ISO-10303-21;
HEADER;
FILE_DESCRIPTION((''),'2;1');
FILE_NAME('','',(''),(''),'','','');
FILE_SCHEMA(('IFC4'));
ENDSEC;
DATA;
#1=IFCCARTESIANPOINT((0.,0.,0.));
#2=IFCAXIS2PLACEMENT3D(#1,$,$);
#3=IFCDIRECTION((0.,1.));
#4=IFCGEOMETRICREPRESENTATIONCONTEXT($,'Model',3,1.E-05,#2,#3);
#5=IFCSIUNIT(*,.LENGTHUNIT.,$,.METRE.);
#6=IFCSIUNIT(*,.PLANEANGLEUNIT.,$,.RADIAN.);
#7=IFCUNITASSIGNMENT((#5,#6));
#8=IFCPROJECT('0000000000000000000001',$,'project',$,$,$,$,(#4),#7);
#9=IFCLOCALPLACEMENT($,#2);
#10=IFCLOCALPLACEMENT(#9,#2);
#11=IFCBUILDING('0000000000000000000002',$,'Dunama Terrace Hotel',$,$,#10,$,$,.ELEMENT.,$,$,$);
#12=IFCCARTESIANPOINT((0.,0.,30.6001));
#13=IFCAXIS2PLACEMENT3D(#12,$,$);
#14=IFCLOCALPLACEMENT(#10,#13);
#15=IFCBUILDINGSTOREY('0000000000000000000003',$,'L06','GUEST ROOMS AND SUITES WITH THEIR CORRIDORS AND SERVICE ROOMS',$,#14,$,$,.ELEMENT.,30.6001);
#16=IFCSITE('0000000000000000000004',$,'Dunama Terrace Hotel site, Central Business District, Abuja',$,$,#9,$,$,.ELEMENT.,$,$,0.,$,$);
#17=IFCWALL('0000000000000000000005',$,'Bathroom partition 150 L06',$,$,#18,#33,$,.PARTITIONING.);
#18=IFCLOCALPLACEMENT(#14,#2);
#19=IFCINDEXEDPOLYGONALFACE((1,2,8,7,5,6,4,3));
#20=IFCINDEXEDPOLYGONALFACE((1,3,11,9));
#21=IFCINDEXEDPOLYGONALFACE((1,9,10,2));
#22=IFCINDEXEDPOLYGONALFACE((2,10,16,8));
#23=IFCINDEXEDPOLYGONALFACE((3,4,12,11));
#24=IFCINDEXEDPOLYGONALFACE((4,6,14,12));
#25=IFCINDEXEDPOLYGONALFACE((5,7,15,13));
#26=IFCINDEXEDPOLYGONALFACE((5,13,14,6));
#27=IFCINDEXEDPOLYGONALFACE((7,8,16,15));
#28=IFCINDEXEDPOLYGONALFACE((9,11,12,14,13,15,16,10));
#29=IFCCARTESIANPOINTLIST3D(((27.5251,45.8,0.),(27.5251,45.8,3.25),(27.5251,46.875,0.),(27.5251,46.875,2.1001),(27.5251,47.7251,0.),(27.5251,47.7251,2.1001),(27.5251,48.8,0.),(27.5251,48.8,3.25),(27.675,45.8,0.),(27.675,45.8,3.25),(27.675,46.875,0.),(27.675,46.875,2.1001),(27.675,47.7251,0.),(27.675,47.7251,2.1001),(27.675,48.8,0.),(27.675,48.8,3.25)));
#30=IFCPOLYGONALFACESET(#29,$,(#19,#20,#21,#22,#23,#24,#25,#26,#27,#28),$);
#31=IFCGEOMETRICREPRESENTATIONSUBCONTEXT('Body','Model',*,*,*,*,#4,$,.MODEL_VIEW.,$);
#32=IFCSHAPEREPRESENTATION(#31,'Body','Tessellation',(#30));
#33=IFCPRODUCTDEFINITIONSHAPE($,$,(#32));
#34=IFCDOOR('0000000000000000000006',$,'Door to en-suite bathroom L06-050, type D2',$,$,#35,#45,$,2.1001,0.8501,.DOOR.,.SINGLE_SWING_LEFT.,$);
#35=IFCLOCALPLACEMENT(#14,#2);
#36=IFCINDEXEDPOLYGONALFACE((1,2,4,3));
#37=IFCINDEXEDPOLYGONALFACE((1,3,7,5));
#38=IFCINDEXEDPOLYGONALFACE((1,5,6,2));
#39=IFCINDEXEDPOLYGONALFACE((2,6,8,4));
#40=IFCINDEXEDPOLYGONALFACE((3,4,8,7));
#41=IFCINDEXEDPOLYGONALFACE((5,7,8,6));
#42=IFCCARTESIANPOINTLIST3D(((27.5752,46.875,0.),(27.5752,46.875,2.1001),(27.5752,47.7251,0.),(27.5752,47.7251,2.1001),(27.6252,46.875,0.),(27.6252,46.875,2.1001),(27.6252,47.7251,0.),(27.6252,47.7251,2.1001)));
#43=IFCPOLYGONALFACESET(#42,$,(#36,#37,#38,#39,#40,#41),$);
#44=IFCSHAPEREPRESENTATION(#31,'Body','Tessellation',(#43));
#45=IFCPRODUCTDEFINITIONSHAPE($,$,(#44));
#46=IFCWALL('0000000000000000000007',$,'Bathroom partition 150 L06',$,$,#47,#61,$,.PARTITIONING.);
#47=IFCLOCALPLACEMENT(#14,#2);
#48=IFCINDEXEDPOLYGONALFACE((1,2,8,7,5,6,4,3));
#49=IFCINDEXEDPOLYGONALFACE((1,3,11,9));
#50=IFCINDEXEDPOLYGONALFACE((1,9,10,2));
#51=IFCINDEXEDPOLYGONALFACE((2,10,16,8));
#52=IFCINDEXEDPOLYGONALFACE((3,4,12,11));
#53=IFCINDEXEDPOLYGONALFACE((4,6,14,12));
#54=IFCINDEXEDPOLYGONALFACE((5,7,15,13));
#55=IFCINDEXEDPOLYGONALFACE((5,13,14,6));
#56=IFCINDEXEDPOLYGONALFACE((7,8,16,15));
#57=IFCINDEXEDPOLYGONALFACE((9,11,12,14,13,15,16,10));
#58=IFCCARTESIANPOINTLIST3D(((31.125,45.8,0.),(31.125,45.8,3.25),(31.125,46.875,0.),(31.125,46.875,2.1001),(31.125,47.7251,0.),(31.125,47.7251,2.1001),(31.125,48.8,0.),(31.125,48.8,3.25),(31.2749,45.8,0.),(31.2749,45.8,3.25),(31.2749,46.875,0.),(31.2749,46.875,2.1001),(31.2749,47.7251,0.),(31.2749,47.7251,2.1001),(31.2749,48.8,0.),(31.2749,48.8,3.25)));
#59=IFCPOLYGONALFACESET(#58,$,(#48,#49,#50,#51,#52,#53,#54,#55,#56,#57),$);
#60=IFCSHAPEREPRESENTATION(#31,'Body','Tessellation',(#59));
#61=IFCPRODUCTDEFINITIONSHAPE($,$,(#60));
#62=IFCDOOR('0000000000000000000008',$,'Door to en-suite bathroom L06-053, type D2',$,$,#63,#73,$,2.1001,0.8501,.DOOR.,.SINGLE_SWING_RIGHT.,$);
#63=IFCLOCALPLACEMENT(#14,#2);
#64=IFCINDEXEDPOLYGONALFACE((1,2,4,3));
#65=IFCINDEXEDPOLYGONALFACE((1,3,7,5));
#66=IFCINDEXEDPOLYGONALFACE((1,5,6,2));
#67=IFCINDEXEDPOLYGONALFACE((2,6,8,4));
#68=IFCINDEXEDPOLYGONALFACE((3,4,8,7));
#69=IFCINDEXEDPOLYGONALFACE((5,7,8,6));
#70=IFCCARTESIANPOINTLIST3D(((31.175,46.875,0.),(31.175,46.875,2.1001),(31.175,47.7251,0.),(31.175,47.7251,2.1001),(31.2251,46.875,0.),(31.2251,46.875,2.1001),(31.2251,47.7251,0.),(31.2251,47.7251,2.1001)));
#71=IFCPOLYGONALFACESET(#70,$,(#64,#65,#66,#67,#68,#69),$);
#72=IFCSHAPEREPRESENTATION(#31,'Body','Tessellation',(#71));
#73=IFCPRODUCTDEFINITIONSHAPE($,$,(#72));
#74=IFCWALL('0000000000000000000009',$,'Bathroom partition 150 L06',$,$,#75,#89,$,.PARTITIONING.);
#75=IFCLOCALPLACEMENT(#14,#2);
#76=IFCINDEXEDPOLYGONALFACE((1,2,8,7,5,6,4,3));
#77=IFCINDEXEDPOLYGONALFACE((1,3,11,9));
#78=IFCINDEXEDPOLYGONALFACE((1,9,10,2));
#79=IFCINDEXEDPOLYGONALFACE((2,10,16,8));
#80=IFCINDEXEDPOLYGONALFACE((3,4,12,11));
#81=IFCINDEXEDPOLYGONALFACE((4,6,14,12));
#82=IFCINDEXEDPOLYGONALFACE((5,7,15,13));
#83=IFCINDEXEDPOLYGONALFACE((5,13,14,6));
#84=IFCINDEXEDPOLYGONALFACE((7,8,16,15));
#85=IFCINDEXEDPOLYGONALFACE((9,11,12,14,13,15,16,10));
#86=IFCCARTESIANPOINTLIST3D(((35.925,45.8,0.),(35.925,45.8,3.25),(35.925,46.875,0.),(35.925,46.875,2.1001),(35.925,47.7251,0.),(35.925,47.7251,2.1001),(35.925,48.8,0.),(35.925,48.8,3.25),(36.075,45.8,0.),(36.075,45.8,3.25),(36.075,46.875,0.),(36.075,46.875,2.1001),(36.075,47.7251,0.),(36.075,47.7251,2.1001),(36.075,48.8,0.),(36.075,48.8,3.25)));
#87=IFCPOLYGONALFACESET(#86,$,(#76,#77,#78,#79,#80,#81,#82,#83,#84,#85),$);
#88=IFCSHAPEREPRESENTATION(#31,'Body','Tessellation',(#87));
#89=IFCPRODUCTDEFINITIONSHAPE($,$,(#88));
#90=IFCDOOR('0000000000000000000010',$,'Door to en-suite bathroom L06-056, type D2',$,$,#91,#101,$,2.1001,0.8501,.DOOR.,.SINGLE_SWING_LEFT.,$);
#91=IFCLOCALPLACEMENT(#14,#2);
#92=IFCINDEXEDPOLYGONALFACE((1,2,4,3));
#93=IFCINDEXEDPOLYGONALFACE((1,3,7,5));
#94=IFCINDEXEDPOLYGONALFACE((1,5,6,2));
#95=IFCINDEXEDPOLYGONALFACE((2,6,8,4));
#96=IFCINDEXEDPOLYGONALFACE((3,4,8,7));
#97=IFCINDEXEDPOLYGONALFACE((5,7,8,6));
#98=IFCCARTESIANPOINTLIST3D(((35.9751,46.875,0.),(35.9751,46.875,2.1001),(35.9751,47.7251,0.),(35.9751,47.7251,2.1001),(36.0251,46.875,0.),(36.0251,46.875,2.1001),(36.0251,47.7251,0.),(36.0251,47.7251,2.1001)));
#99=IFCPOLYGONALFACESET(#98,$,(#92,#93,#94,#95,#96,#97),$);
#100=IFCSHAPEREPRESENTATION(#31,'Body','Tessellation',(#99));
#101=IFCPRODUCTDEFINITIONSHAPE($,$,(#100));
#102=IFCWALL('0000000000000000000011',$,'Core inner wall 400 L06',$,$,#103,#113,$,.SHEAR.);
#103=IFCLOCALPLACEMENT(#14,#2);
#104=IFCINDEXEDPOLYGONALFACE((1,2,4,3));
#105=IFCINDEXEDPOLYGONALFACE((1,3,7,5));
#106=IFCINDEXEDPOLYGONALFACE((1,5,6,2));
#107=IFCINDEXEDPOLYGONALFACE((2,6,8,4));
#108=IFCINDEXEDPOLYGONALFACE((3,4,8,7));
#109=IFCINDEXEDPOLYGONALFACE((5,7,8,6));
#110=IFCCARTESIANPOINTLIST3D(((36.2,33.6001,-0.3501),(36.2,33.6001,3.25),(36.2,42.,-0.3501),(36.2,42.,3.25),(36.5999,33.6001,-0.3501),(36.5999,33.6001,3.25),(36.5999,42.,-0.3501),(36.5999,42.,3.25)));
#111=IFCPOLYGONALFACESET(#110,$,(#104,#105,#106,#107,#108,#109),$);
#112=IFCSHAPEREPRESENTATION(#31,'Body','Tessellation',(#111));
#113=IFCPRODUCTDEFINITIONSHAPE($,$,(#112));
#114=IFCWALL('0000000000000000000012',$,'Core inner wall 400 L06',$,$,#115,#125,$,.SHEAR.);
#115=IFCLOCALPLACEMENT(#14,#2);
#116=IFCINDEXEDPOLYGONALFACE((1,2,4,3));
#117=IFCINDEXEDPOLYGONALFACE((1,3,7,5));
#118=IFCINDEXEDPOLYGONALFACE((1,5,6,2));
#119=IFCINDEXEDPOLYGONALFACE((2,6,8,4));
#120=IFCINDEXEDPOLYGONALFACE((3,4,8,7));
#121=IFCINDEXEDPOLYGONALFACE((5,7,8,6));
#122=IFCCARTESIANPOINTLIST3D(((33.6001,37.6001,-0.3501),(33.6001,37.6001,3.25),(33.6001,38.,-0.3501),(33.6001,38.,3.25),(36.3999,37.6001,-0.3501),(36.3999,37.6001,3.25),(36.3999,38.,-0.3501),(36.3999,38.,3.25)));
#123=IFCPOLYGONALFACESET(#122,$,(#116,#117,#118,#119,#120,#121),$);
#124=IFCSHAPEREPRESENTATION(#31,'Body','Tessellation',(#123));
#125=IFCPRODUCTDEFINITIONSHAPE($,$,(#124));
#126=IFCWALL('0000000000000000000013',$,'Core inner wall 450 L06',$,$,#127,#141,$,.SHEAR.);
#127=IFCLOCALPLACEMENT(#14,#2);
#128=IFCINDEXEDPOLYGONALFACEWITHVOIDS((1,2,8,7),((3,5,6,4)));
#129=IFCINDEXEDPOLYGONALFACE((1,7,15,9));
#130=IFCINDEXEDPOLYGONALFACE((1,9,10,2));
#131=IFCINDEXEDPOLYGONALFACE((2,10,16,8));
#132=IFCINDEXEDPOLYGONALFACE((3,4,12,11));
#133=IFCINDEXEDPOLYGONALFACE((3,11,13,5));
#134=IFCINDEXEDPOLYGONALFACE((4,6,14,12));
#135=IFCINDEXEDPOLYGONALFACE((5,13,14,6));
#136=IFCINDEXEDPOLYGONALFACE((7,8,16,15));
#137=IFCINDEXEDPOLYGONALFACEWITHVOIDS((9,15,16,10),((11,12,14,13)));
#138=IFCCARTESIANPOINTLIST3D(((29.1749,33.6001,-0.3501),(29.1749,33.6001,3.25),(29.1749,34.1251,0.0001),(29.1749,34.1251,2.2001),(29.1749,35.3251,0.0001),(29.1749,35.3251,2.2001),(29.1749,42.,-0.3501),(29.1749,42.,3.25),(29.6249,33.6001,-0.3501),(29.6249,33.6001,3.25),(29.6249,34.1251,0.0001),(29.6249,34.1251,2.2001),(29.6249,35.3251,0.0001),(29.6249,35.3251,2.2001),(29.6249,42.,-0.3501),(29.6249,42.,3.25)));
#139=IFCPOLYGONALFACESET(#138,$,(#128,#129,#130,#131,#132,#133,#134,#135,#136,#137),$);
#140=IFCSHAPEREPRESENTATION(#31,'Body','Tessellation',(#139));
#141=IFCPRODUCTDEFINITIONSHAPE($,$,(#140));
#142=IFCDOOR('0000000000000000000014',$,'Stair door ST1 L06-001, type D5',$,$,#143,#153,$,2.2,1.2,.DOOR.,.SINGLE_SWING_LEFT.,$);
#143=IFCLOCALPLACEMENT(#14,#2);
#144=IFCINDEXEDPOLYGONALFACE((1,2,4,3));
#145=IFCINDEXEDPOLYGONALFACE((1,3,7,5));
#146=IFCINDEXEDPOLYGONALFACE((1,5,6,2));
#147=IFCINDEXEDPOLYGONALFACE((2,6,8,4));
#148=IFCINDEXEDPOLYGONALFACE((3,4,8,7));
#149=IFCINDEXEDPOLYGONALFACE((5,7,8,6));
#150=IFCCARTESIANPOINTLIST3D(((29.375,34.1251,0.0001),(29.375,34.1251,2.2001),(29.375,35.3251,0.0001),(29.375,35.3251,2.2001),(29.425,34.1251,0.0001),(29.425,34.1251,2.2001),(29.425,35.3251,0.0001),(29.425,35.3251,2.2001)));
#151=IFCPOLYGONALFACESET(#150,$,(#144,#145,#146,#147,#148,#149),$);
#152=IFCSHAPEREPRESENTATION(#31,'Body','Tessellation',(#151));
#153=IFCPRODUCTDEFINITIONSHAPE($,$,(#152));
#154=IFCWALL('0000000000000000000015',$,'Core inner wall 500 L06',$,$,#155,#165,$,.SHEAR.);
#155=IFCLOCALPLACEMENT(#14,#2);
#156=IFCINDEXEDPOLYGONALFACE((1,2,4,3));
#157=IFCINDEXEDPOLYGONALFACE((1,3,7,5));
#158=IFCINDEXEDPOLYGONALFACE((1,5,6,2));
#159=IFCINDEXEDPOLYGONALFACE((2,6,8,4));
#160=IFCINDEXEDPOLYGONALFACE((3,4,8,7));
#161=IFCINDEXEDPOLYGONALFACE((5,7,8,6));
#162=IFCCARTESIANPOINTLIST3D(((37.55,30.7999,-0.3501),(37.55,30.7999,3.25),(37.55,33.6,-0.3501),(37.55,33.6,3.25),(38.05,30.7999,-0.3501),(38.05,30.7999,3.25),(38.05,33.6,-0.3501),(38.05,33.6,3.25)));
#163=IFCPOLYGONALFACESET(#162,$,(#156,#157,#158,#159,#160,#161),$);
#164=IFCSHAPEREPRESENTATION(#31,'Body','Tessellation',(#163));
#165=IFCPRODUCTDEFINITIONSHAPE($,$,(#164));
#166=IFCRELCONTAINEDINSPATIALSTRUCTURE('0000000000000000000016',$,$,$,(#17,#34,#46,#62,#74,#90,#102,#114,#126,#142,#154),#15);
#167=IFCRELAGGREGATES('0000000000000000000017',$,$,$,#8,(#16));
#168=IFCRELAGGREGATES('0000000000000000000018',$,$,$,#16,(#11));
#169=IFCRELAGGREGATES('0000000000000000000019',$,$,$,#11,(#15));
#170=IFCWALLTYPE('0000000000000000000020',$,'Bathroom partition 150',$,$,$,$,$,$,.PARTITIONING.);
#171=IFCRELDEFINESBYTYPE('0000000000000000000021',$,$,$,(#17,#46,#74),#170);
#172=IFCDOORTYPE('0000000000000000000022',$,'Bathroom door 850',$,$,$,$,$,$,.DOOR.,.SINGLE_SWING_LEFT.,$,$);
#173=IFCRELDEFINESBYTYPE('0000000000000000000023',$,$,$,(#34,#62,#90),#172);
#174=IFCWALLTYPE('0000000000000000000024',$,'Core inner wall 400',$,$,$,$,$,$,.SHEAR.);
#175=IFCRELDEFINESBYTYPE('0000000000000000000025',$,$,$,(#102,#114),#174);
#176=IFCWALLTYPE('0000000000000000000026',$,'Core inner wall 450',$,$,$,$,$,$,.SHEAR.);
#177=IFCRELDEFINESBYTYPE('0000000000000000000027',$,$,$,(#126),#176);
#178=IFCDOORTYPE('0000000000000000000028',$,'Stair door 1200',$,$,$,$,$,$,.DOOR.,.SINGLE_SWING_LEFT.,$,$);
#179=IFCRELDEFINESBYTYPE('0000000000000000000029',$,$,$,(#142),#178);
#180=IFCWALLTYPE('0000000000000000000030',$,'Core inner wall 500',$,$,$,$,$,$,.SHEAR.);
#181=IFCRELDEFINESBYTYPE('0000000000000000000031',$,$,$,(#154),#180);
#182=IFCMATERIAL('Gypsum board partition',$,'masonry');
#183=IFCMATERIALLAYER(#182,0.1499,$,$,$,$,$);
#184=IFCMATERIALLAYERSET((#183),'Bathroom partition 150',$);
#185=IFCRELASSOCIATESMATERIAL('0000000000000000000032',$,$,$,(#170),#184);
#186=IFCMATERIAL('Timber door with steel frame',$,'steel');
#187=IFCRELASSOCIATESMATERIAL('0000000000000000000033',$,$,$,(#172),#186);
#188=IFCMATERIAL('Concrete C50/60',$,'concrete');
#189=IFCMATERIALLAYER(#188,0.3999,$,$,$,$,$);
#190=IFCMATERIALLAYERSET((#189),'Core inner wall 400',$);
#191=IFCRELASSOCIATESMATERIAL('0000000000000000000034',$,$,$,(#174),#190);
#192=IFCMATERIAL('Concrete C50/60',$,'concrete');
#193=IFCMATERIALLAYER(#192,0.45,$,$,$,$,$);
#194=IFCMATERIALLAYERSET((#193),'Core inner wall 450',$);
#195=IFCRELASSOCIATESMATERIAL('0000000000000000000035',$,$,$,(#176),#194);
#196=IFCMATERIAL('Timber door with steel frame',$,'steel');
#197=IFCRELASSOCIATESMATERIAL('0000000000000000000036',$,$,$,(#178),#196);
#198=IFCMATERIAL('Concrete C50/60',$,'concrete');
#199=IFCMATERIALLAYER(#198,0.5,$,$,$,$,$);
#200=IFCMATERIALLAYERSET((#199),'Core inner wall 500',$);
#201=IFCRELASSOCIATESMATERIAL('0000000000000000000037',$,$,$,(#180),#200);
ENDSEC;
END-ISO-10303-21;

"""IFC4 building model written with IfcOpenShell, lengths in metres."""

from ifc_helpers import new_model, si_unit, direction, frame, frame_2d, origin, place, context, subcontext, project, spatial, rectangle, extrude, material, layer, layer_set, type_object, element, fill, save


model = new_model("IFC4")

# Units and contexts
model_context = context("Model", 3, precision=1e-05, world=origin(), true_north=direction((0.0, 1.0)))
body_context = subcontext(model_context, "Body", "Model", "MODEL_VIEW")
ifc_project = project(units=[si_unit("LENGTHUNIT", "METRE"), si_unit("PLANEANGLEUNIT", "RADIAN")], contexts=[model_context])

# Site, building, storey
site_placement = place(None, origin())
site = spatial("IfcSite", under=ifc_project, at=site_placement, Name="Dunama Terrace Hotel site, Central Business District, Abuja", CompositionType="ELEMENT", RefElevation=0.0)
building_placement = place(site_placement, origin())
building = spatial("IfcBuilding", under=site, at=building_placement, Name="Dunama Terrace Hotel", CompositionType="ELEMENT")
storey_placement = place(building_placement, frame((0.0, 0.0, 30.6001)))
storey = spatial("IfcBuildingStorey", under=building, at=storey_placement, Name="L06", Description="GUEST ROOMS AND SUITES WITH THEIR CORRIDORS AND SERVICE ROOMS", CompositionType="ELEMENT", Elevation=30.6001)

# Walls, openings, doors
ifc_material_1 = material(Name="Gypsum board partition", Category="masonry")
ifc_layer_1 = layer(ifc_material_1, 0.1499)
ifc_layer_set_1 = layer_set([ifc_layer_1], Name="Bathroom partition 150")
wall_type_1 = type_object("IfcWallType", Name="Bathroom partition 150", PredefinedType="PARTITIONING", material=ifc_layer_set_1)
wall_1_placement = place(storey_placement, frame((27.6001, 45.8, 0.0), z_axis=(0.0, 0.0, 1.0), x_axis=(0.0, 1.0, 0.0)))
wall_1 = element("IfcWall", 1, at=wall_1_placement, inside=storey, type_object=wall_type_1, Name="Bathroom partition 150 L06", PredefinedType="PARTITIONING", context=body_context, shape_type="SweptSolid", body=[
    extrude(rectangle(XDim=3.0, YDim=0.1499, at=frame_2d((1.5, 0.0))), origin(), (0.0, 0.0, 1.0), 3.25),
])
opening_1_placement = place(wall_1_placement, frame((1.075, 0.0, 0.0)))
opening_1 = element("IfcOpeningElement", 2, at=opening_1_placement, cuts=wall_1, PredefinedType="OPENING", context=body_context, shape_type="SweptSolid", body=[
    extrude(rectangle(XDim=0.8501, YDim=2.1001, at=frame_2d((0.425, 1.05))), frame((0.0, 0.085, 0.0), z_axis=(0.0, -1.0, 0.0), x_axis=(1.0, 0.0, 0.0)), (0.0, 0.0, 1.0), 0.1699),
])
ifc_material_2 = material(Name="Timber door with steel frame", Category="steel")
door_type_1 = type_object("IfcDoorType", Name="Bathroom door 850", OperationType="SINGLE_SWING_LEFT", PredefinedType="DOOR", material=ifc_material_2)
door_1_placement = place(opening_1_placement, origin())
door_1 = element("IfcDoor", 3, at=door_1_placement, inside=storey, type_object=door_type_1, Name="Door to en-suite bathroom L06-050, type D2", OperationType="SINGLE_SWING_LEFT", OverallHeight=2.1001, OverallWidth=0.8501, PredefinedType="DOOR", context=body_context, shape_type="SweptSolid", body=[
    extrude(rectangle(XDim=0.8501, YDim=2.1001, at=frame_2d((0.425, 1.05))), frame((0.0, 0.0249, 0.0), z_axis=(0.0, -1.0, 0.0), x_axis=(1.0, 0.0, 0.0)), (0.0, 0.0, 1.0), 0.05),
])
fill(opening_1, door_1)
wall_2_placement = place(storey_placement, frame((31.2, 45.8, 0.0), z_axis=(0.0, 0.0, 1.0), x_axis=(0.0, 1.0, 0.0)))
wall_2 = element("IfcWall", 4, at=wall_2_placement, inside=storey, type_object=wall_type_1, Name="Bathroom partition 150 L06", PredefinedType="PARTITIONING", context=body_context, shape_type="SweptSolid", body=[
    extrude(rectangle(XDim=3.0, YDim=0.1499, at=frame_2d((1.5, 0.0))), origin(), (0.0, 0.0, 1.0), 3.25),
])
opening_2_placement = place(wall_2_placement, frame((1.075, 0.0, 0.0)))
opening_2 = element("IfcOpeningElement", 5, at=opening_2_placement, cuts=wall_2, PredefinedType="OPENING", context=body_context, shape_type="SweptSolid", body=[
    extrude(rectangle(XDim=0.8501, YDim=2.1001, at=frame_2d((0.425, 1.05))), frame((0.0, 0.085, 0.0), z_axis=(0.0, -1.0, 0.0), x_axis=(1.0, 0.0, 0.0)), (0.0, 0.0, 1.0), 0.1699),
])
door_2_placement = place(opening_2_placement, frame((0.8501, 0.0, 0.0), z_axis=(0.0, 0.0, 1.0), x_axis=(-1.0, 0.0, 0.0)))
door_2 = element("IfcDoor", 6, at=door_2_placement, inside=storey, type_object=door_type_1, Name="Door to en-suite bathroom L06-053, type D2", OperationType="SINGLE_SWING_RIGHT", OverallHeight=2.1001, OverallWidth=0.8501, PredefinedType="DOOR", context=body_context, shape_type="SweptSolid", body=[
    extrude(rectangle(XDim=0.8501, YDim=2.1001, at=frame_2d((0.425, 1.05))), frame((0.0, 0.0251, 0.0), z_axis=(0.0, -1.0, 0.0), x_axis=(1.0, 0.0, 0.0)), (0.0, 0.0, 1.0), 0.05),
])
fill(opening_2, door_2)
wall_3_placement = place(storey_placement, frame((36.0, 45.8, 0.0), z_axis=(0.0, 0.0, 1.0), x_axis=(0.0, 1.0, 0.0)))
wall_3 = element("IfcWall", 7, at=wall_3_placement, inside=storey, type_object=wall_type_1, Name="Bathroom partition 150 L06", PredefinedType="PARTITIONING", context=body_context, shape_type="SweptSolid", body=[
    extrude(rectangle(XDim=3.0, YDim=0.1499, at=frame_2d((1.5, 0.0))), origin(), (0.0, 0.0, 1.0), 3.25),
])
opening_3_placement = place(wall_3_placement, frame((1.075, 0.0, 0.0)))
opening_3 = element("IfcOpeningElement", 8, at=opening_3_placement, cuts=wall_3, PredefinedType="OPENING", context=body_context, shape_type="SweptSolid", body=[
    extrude(rectangle(XDim=0.8501, YDim=2.1001, at=frame_2d((0.425, 1.05))), frame((0.0, 0.085, 0.0), z_axis=(0.0, -1.0, 0.0), x_axis=(1.0, 0.0, 0.0)), (0.0, 0.0, 1.0), 0.1699),
])
door_3_placement = place(opening_3_placement, origin())
door_3 = element("IfcDoor", 9, at=door_3_placement, inside=storey, type_object=door_type_1, Name="Door to en-suite bathroom L06-056, type D2", OperationType="SINGLE_SWING_LEFT", OverallHeight=2.1001, OverallWidth=0.8501, PredefinedType="DOOR", context=body_context, shape_type="SweptSolid", body=[
    extrude(rectangle(XDim=0.8501, YDim=2.1001, at=frame_2d((0.425, 1.05))), frame((0.0, 0.0249, 0.0), z_axis=(0.0, -1.0, 0.0), x_axis=(1.0, 0.0, 0.0)), (0.0, 0.0, 1.0), 0.05),
])
fill(opening_3, door_3)

# Walls
ifc_material_3 = material(Name="Concrete C50/60", Category="concrete")
ifc_layer_2 = layer(ifc_material_3, 0.3999)
ifc_layer_set_2 = layer_set([ifc_layer_2], Name="Core inner wall 400")
wall_type_2 = type_object("IfcWallType", Name="Core inner wall 400", PredefinedType="SHEAR", material=ifc_layer_set_2)
wall_4_placement = place(storey_placement, frame((36.3999, 33.6001, -0.3501), z_axis=(0.0, 0.0, 1.0), x_axis=(0.0, 1.0, 0.0)))
element("IfcWall", 10, at=wall_4_placement, inside=storey, type_object=wall_type_2, Name="Core inner wall 400 L06", PredefinedType="SHEAR", context=body_context, shape_type="SweptSolid", body=[
    extrude(rectangle(XDim=8.3999, YDim=0.3999, at=frame_2d((4.2, 0.0))), origin(), (0.0, 0.0, 1.0), 3.6001),
])
wall_5_placement = place(storey_placement, frame((33.6001, 37.8, -0.3501), z_axis=(0.0, 0.0, 1.0), x_axis=(1.0, 0.0, 0.0)))
element("IfcWall", 11, at=wall_5_placement, inside=storey, type_object=wall_type_2, Name="Core inner wall 400 L06", PredefinedType="SHEAR", context=body_context, shape_type="SweptSolid", body=[
    extrude(rectangle(XDim=2.7998, YDim=0.3999, at=frame_2d((1.3999, 0.0))), origin(), (0.0, 0.0, 1.0), 3.6001),
])

# Wall, opening, door
ifc_material_4 = material(Name="Concrete C50/60", Category="concrete")
ifc_layer_3 = layer(ifc_material_4, 0.45)
ifc_layer_set_3 = layer_set([ifc_layer_3], Name="Core inner wall 450")
wall_type_3 = type_object("IfcWallType", Name="Core inner wall 450", PredefinedType="SHEAR", material=ifc_layer_set_3)
wall_6_placement = place(storey_placement, frame((29.3999, 33.6001, -0.3501), z_axis=(0.0, 0.0, 1.0), x_axis=(0.0, 1.0, 0.0)))
wall_6 = element("IfcWall", 12, at=wall_6_placement, inside=storey, type_object=wall_type_3, Name="Core inner wall 450 L06", PredefinedType="SHEAR", context=body_context, shape_type="SweptSolid", body=[
    extrude(rectangle(XDim=8.3999, YDim=0.45, at=frame_2d((4.2, 0.0))), origin(), (0.0, 0.0, 1.0), 3.6001),
])
opening_4_placement = place(wall_6_placement, frame((0.5249, 0.0, 0.3501)))
opening_4 = element("IfcOpeningElement", 13, at=opening_4_placement, cuts=wall_6, PredefinedType="OPENING", context=body_context, shape_type="SweptSolid", body=[
    extrude(rectangle(XDim=1.2, YDim=2.2, at=frame_2d((0.6001, 1.1001))), frame((0.0, 0.2349, 0.0), z_axis=(0.0, -1.0, 0.0), x_axis=(1.0, 0.0, 0.0)), (0.0, 0.0, 1.0), 0.47),
])
ifc_material_5 = material(Name="Timber door with steel frame", Category="steel")
door_type_2 = type_object("IfcDoorType", Name="Stair door 1200", OperationType="SINGLE_SWING_LEFT", PredefinedType="DOOR", material=ifc_material_5)
door_4_placement = place(opening_4_placement, origin())
door_4 = element("IfcDoor", 14, at=door_4_placement, inside=storey, type_object=door_type_2, Name="Stair door ST1 L06-001, type D5", OperationType="SINGLE_SWING_LEFT", OverallHeight=2.2, OverallWidth=1.2, PredefinedType="DOOR", context=body_context, shape_type="SweptSolid", body=[
    extrude(rectangle(XDim=1.2, YDim=2.2, at=frame_2d((0.6001, 1.1001))), frame((0.0, 0.0249, 0.0), z_axis=(0.0, -1.0, 0.0), x_axis=(1.0, 0.0, 0.0)), (0.0, 0.0, 1.0), 0.05),
])
fill(opening_4, door_4)

# Wall
ifc_material_6 = material(Name="Concrete C50/60", Category="concrete")
ifc_layer_4 = layer(ifc_material_6, 0.5)
ifc_layer_set_4 = layer_set([ifc_layer_4], Name="Core inner wall 500")
wall_type_4 = type_object("IfcWallType", Name="Core inner wall 500", PredefinedType="SHEAR", material=ifc_layer_set_4)
wall_7_placement = place(storey_placement, frame((37.8, 30.8, -0.3501), z_axis=(0.0, 0.0, 1.0), x_axis=(0.0, 1.0, 0.0)))
element("IfcWall", 15, at=wall_7_placement, inside=storey, type_object=wall_type_4, Name="Core inner wall 500 L06", PredefinedType="SHEAR", context=body_context, shape_type="SweptSolid", body=[
    extrude(rectangle(XDim=2.8, YDim=0.5, at=frame_2d((1.3999, 0.0))), origin(), (0.0, 0.0, 1.0), 3.6001),
])

save(model, "model.ifc")
